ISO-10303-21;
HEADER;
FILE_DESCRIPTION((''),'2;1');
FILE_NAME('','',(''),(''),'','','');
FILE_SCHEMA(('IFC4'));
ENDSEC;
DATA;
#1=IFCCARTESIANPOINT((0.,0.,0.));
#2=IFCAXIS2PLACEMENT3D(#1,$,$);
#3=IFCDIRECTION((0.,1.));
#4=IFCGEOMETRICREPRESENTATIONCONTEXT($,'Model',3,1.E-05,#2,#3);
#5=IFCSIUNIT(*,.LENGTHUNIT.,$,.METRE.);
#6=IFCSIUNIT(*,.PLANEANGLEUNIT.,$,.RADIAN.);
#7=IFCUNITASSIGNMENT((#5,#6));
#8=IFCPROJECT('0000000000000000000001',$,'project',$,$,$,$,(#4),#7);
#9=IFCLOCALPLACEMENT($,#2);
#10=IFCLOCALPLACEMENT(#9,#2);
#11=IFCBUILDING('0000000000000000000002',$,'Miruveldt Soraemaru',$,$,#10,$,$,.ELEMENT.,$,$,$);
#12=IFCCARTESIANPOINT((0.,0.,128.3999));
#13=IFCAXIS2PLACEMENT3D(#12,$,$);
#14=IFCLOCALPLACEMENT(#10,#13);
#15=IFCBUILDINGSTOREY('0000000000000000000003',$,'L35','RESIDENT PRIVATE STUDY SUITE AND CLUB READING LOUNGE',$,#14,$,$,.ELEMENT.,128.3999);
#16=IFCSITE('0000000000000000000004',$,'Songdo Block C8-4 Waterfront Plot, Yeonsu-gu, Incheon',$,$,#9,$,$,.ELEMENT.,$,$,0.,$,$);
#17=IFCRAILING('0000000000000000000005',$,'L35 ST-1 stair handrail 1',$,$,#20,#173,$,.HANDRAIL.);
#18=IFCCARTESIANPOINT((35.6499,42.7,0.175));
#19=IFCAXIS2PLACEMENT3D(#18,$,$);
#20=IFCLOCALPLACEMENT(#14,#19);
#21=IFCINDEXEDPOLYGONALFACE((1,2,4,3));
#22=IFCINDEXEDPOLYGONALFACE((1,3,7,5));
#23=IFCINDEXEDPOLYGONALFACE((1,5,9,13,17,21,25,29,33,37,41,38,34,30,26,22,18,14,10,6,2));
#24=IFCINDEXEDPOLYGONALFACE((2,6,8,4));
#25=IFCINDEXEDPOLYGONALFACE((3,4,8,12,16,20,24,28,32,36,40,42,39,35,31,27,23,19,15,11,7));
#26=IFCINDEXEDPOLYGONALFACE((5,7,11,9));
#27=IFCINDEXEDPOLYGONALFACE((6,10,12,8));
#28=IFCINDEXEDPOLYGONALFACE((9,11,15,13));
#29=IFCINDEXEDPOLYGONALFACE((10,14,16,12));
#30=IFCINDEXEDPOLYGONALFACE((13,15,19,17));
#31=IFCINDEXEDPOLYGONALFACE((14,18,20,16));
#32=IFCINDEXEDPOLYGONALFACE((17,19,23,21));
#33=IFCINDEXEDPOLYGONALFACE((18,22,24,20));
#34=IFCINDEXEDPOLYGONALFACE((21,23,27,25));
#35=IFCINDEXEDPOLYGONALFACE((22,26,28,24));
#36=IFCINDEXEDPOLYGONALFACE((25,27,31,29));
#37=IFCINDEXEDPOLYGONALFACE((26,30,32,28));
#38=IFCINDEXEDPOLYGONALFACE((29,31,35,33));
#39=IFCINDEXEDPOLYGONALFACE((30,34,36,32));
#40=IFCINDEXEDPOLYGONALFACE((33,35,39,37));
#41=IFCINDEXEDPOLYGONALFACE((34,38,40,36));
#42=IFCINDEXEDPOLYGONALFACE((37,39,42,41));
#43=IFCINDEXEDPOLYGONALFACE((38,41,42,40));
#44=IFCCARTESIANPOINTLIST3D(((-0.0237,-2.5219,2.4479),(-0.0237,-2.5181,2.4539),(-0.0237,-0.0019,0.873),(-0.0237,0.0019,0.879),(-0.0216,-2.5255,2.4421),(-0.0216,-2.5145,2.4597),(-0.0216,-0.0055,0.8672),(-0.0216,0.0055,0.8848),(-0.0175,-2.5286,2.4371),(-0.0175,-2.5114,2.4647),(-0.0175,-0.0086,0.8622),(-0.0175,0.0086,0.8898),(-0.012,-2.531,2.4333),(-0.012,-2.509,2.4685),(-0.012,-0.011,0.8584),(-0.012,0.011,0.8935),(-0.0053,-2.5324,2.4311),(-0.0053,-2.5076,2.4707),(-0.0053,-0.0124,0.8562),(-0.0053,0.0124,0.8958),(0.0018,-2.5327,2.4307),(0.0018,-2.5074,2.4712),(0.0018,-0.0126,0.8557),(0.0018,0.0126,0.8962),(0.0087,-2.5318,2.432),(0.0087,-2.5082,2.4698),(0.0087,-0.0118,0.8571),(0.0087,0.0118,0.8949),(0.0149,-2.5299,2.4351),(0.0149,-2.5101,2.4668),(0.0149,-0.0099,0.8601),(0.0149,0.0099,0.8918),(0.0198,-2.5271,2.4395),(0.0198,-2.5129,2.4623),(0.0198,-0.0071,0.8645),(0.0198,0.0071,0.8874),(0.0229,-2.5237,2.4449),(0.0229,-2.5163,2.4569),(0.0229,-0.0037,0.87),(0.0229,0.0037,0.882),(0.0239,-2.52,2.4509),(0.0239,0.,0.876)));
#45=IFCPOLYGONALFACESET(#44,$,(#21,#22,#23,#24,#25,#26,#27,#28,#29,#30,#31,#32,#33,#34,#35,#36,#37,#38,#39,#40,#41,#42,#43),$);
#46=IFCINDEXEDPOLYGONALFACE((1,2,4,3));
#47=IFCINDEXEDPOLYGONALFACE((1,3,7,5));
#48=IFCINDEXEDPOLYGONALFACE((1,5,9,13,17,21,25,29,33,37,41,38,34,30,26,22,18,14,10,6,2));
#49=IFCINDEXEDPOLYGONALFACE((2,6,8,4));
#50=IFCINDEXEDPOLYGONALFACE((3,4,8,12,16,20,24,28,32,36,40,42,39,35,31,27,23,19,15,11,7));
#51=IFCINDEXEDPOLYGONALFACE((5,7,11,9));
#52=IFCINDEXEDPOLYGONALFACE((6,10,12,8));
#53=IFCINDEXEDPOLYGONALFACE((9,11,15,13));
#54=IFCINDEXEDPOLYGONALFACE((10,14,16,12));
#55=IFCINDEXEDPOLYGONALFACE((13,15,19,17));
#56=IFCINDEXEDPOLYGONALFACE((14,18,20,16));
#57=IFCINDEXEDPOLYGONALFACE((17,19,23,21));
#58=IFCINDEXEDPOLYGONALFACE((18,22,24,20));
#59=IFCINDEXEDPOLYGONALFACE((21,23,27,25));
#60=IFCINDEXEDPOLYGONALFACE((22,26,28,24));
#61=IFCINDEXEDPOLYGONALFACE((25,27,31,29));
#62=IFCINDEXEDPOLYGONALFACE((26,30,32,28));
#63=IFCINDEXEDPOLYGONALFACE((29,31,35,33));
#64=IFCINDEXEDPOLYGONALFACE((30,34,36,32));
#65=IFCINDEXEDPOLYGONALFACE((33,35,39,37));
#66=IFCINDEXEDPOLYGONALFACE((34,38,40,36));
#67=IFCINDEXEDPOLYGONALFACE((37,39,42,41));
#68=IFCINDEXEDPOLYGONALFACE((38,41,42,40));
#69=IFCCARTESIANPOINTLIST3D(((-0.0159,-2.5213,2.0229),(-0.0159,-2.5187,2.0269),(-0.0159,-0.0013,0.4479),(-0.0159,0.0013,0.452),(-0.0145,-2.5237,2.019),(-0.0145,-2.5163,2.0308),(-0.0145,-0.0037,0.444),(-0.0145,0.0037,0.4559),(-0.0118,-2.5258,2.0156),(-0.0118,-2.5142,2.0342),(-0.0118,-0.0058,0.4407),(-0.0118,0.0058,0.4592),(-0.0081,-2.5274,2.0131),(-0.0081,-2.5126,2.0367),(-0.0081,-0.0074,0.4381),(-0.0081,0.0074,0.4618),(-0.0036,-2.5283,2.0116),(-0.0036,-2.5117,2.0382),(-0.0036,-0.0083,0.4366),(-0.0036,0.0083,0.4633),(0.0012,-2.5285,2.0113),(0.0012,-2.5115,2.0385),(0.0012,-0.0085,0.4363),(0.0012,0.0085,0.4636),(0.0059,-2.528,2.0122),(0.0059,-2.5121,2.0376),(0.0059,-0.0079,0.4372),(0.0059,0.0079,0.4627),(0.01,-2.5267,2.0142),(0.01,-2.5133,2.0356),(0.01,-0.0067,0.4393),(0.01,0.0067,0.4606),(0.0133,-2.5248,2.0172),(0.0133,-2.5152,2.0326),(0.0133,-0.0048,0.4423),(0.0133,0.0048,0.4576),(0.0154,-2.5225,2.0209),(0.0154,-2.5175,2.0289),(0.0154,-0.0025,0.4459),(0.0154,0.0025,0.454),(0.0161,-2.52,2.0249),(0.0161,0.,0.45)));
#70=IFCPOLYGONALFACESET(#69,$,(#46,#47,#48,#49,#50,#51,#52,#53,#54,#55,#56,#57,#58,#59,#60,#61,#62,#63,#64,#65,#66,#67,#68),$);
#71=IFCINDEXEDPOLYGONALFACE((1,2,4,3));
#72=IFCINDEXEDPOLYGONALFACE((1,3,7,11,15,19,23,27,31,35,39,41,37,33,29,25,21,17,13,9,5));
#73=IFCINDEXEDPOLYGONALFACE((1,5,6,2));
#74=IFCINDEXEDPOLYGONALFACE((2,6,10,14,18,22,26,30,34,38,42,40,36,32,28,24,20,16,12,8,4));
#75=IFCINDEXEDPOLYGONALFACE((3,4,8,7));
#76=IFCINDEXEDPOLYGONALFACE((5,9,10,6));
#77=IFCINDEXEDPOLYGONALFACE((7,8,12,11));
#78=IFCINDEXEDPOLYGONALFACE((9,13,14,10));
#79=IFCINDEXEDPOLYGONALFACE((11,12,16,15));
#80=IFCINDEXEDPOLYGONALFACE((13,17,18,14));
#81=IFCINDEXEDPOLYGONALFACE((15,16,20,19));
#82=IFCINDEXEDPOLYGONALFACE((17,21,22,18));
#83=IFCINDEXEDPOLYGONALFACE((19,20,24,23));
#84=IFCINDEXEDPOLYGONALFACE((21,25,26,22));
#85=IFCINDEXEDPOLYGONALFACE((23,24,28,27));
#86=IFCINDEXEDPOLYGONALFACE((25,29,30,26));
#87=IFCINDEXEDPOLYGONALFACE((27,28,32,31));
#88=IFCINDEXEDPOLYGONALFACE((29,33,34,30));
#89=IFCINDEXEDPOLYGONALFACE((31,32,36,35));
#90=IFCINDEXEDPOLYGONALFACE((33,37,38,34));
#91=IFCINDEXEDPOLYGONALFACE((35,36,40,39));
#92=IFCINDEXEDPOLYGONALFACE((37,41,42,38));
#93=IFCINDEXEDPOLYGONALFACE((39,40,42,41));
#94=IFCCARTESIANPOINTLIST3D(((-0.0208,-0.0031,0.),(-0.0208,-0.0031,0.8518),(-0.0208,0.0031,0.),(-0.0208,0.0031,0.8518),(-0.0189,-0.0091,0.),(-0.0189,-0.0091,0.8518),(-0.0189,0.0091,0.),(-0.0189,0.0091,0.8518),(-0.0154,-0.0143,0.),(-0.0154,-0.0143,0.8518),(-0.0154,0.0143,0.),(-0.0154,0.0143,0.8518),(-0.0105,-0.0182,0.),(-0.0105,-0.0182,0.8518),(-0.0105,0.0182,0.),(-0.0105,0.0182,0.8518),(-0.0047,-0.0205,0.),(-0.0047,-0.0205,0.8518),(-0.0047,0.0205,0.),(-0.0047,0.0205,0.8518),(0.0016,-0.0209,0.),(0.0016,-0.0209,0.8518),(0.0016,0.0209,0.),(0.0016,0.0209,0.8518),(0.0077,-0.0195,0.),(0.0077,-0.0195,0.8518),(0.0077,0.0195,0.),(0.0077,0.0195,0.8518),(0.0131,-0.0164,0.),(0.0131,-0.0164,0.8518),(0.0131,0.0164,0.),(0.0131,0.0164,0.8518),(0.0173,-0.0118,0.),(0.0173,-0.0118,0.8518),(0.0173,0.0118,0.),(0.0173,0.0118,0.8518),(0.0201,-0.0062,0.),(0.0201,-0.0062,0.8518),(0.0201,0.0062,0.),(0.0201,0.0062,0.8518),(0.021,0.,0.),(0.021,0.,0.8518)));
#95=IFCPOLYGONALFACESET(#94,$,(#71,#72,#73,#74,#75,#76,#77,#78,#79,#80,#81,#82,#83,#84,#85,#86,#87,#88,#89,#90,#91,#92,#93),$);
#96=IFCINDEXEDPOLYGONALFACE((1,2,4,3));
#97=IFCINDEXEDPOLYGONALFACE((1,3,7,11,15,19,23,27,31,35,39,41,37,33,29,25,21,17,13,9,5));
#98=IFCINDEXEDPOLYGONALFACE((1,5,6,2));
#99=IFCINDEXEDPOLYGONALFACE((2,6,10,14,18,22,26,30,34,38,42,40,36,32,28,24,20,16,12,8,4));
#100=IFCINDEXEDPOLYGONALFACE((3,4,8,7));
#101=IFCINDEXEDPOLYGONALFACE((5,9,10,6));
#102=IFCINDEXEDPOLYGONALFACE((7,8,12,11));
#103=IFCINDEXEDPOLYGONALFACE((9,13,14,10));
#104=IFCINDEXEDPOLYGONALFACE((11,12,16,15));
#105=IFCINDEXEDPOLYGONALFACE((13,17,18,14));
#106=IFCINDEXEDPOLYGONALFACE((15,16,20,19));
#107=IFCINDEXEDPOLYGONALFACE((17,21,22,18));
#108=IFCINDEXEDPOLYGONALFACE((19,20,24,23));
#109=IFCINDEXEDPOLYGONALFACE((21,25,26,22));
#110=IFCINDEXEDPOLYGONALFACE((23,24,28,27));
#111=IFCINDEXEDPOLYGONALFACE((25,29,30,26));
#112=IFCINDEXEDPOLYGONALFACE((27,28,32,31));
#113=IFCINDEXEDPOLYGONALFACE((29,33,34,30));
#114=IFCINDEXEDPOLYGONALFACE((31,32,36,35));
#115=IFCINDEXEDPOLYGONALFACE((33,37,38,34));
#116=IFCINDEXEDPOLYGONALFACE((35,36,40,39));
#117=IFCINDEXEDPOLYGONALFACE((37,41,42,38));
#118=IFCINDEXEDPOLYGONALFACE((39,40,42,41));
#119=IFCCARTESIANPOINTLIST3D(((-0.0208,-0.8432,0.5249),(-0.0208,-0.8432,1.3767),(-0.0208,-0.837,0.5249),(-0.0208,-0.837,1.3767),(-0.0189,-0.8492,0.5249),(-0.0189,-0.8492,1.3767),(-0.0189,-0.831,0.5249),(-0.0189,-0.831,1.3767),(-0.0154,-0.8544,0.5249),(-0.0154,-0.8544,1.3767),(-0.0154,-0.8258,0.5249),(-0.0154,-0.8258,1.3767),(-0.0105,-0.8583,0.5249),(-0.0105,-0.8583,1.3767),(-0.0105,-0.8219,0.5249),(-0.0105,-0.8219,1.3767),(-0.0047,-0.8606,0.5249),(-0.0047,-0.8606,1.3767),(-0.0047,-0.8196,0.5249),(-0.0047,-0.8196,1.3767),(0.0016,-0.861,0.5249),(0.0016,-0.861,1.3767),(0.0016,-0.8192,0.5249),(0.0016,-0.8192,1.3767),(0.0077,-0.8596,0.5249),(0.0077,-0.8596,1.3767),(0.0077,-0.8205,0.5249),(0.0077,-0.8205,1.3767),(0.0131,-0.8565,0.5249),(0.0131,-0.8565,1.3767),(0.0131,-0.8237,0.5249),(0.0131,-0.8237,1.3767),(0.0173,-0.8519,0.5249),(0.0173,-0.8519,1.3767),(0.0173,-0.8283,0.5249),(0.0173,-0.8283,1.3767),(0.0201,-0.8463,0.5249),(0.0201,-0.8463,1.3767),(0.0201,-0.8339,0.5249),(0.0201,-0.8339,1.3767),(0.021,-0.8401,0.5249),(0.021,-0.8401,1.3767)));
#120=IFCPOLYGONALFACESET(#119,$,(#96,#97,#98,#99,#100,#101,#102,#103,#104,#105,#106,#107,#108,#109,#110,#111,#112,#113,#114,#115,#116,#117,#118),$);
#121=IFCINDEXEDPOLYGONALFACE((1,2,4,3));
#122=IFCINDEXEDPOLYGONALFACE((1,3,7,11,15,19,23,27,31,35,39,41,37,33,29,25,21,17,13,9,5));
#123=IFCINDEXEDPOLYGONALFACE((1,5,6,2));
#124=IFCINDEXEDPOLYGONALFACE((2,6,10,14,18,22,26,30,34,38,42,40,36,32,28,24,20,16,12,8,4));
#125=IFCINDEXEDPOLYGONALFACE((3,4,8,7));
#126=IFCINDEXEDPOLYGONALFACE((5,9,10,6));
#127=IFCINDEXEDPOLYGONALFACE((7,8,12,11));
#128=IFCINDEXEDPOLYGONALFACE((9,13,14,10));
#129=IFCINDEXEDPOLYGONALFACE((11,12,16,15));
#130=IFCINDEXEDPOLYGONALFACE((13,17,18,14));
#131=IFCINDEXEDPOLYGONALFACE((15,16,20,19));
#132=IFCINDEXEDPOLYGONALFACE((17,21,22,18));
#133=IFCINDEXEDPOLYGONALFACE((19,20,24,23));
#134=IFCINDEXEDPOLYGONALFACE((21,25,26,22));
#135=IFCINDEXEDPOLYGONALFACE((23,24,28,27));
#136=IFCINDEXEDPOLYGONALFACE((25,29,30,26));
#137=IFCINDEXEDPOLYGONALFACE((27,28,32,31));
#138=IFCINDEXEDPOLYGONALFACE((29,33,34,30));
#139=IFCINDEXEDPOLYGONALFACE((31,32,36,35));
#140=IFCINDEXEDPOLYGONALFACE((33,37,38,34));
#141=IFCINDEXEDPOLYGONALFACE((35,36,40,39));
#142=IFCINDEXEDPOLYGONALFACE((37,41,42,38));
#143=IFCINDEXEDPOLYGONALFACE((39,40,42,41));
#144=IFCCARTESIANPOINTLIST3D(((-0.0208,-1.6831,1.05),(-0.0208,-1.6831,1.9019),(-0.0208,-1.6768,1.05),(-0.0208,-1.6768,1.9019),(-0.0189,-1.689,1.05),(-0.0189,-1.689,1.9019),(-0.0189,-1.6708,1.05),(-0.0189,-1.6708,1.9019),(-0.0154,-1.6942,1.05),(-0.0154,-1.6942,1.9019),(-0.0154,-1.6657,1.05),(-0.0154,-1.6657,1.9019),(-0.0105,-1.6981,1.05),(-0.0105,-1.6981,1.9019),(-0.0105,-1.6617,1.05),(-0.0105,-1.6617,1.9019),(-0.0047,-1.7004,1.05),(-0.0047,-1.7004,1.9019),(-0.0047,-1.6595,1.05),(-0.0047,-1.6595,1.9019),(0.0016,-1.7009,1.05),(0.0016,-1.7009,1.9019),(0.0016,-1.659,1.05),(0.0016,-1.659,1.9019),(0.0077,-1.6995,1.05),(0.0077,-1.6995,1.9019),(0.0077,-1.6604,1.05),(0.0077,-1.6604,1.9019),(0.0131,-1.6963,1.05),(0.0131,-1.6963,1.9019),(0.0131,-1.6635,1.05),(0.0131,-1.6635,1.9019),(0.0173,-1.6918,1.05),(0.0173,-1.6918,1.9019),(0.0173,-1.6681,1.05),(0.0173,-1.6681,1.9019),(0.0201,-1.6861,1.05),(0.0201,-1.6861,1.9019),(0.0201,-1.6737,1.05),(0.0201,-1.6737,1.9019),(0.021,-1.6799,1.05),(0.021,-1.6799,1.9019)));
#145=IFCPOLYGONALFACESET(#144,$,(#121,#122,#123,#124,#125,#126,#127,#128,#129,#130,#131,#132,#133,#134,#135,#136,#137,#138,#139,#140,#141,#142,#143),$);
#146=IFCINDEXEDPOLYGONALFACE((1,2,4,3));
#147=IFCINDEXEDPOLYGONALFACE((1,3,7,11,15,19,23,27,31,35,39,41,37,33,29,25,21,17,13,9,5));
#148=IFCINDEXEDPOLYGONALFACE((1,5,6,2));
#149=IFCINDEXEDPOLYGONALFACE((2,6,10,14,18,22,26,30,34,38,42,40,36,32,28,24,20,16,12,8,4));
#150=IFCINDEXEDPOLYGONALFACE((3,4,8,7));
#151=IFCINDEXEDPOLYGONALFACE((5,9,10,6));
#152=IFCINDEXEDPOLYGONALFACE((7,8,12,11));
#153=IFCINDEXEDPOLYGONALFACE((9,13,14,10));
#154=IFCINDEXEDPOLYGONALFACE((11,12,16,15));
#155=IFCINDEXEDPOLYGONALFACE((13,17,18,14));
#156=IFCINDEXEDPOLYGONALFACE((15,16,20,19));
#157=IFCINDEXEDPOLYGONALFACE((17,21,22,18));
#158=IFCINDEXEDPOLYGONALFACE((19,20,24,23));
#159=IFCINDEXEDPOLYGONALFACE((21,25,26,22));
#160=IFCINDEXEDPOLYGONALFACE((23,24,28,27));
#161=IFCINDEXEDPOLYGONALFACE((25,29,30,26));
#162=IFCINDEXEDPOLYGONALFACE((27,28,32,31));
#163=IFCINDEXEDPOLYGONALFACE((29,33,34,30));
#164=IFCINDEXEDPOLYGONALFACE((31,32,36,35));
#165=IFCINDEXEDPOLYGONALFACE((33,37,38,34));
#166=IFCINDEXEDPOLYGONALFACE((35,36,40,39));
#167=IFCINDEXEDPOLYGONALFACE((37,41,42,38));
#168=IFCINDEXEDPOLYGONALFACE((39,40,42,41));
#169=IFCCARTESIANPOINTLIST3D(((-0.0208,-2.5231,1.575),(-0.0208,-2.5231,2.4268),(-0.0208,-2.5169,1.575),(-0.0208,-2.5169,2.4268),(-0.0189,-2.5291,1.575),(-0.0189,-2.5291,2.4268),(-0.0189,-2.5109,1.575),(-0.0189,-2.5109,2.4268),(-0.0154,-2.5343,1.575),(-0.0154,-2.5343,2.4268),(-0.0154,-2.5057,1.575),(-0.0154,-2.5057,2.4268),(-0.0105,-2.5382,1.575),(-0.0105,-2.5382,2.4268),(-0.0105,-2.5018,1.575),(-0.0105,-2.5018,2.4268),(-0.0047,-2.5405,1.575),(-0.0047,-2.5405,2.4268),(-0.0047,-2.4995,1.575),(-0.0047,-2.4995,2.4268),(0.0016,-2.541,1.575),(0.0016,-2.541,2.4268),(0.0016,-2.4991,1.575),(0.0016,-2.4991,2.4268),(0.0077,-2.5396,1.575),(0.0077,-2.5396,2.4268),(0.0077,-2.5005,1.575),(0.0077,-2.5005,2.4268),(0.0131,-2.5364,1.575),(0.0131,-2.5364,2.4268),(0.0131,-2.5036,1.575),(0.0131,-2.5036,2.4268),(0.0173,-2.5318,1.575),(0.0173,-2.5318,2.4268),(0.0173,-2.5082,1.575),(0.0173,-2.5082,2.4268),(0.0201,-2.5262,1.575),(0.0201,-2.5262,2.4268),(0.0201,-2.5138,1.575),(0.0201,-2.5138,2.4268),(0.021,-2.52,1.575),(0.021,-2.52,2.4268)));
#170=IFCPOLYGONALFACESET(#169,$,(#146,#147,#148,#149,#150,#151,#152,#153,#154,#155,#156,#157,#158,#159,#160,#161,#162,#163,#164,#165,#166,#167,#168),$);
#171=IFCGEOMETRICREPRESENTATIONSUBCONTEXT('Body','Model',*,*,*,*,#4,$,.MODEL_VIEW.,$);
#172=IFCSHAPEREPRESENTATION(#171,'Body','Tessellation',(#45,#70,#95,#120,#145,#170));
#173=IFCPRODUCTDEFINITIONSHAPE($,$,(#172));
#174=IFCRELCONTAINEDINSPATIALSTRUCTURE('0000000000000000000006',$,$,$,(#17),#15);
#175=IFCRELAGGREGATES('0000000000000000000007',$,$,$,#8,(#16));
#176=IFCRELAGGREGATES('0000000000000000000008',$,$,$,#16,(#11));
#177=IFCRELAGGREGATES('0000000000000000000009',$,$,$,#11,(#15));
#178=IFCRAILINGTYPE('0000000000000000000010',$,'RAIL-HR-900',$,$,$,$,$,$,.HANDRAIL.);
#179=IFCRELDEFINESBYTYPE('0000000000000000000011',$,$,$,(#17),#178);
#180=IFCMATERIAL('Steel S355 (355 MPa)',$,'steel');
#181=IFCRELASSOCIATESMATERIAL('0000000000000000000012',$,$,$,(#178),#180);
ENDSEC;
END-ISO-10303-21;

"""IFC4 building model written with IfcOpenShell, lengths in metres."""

from ifc_helpers import new_model, si_unit, direction, frame, origin, origin_2d, place, context, subcontext, project, spatial, circle, extrude, material, type_object, element, save


model = new_model("IFC4")

# Units and contexts
model_context = context("Model", 3, precision=1e-05, world=origin(), true_north=direction((0.0, 1.0)))
body_context = subcontext(model_context, "Body", "Model", "MODEL_VIEW")
ifc_project = project(units=[si_unit("LENGTHUNIT", "METRE"), si_unit("PLANEANGLEUNIT", "RADIAN")], contexts=[model_context])

# Site, building, storey
site_placement = place(None, origin())
site = spatial("IfcSite", under=ifc_project, at=site_placement, Name="Songdo Block C8-4 Waterfront Plot, Yeonsu-gu, Incheon", CompositionType="ELEMENT", RefElevation=0.0)
building_placement = place(site_placement, origin())
building = spatial("IfcBuilding", under=site, at=building_placement, Name="Miruveldt Soraemaru", CompositionType="ELEMENT")
storey_placement = place(building_placement, frame((0.0, 0.0, 128.3999)))
storey = spatial("IfcBuildingStorey", under=building, at=storey_placement, Name="L35", Description="RESIDENT PRIVATE STUDY SUITE AND CLUB READING LOUNGE", CompositionType="ELEMENT", Elevation=128.3999)

# Railing
ifc_material_1 = material(Name="Steel S355 (355 MPa)", Category="steel")
railing_type_1 = type_object("IfcRailingType", Name="RAIL-HR-900", PredefinedType="HANDRAIL", material=ifc_material_1)
railing_1_placement = place(storey_placement, frame((35.6499, 42.7, 0.175)))
element("IfcRailing", 1, at=railing_1_placement, inside=storey, type_object=railing_type_1, Name="L35 ST-1 stair handrail 1", PredefinedType="HANDRAIL", context=body_context, shape_type="SweptSolid", body=[
    extrude(circle(Radius=0.0239, at=origin_2d()), frame((0.0, 0.0, 0.876), z_axis=(0.0, -0.848008, 0.529984), x_axis=(1.0, 0.0, 0.0)), (0.0, 0.0, 1.0), 2.9717),
    extrude(circle(Radius=0.0161, at=origin_2d()), frame((0.0, 0.0, 0.45), z_axis=(0.0, -0.848008, 0.529984), x_axis=(1.0, 0.0, 0.0)), (0.0, 0.0, 1.0), 2.9717),
    extrude(circle(Radius=0.021, at=origin_2d()), origin(), (0.0, 0.0, 1.0), 0.8518),
    extrude(circle(Radius=0.021, at=origin_2d()), frame((0.0, -0.8401, 0.5249)), (0.0, 0.0, 1.0), 0.8518),
    extrude(circle(Radius=0.021, at=origin_2d()), frame((0.0, -1.6799, 1.05)), (0.0, 0.0, 1.0), 0.8518),
    extrude(circle(Radius=0.021, at=origin_2d()), frame((0.0, -2.52, 1.575)), (0.0, 0.0, 1.0), 0.8518),
])

save(model, "model.ifc")
